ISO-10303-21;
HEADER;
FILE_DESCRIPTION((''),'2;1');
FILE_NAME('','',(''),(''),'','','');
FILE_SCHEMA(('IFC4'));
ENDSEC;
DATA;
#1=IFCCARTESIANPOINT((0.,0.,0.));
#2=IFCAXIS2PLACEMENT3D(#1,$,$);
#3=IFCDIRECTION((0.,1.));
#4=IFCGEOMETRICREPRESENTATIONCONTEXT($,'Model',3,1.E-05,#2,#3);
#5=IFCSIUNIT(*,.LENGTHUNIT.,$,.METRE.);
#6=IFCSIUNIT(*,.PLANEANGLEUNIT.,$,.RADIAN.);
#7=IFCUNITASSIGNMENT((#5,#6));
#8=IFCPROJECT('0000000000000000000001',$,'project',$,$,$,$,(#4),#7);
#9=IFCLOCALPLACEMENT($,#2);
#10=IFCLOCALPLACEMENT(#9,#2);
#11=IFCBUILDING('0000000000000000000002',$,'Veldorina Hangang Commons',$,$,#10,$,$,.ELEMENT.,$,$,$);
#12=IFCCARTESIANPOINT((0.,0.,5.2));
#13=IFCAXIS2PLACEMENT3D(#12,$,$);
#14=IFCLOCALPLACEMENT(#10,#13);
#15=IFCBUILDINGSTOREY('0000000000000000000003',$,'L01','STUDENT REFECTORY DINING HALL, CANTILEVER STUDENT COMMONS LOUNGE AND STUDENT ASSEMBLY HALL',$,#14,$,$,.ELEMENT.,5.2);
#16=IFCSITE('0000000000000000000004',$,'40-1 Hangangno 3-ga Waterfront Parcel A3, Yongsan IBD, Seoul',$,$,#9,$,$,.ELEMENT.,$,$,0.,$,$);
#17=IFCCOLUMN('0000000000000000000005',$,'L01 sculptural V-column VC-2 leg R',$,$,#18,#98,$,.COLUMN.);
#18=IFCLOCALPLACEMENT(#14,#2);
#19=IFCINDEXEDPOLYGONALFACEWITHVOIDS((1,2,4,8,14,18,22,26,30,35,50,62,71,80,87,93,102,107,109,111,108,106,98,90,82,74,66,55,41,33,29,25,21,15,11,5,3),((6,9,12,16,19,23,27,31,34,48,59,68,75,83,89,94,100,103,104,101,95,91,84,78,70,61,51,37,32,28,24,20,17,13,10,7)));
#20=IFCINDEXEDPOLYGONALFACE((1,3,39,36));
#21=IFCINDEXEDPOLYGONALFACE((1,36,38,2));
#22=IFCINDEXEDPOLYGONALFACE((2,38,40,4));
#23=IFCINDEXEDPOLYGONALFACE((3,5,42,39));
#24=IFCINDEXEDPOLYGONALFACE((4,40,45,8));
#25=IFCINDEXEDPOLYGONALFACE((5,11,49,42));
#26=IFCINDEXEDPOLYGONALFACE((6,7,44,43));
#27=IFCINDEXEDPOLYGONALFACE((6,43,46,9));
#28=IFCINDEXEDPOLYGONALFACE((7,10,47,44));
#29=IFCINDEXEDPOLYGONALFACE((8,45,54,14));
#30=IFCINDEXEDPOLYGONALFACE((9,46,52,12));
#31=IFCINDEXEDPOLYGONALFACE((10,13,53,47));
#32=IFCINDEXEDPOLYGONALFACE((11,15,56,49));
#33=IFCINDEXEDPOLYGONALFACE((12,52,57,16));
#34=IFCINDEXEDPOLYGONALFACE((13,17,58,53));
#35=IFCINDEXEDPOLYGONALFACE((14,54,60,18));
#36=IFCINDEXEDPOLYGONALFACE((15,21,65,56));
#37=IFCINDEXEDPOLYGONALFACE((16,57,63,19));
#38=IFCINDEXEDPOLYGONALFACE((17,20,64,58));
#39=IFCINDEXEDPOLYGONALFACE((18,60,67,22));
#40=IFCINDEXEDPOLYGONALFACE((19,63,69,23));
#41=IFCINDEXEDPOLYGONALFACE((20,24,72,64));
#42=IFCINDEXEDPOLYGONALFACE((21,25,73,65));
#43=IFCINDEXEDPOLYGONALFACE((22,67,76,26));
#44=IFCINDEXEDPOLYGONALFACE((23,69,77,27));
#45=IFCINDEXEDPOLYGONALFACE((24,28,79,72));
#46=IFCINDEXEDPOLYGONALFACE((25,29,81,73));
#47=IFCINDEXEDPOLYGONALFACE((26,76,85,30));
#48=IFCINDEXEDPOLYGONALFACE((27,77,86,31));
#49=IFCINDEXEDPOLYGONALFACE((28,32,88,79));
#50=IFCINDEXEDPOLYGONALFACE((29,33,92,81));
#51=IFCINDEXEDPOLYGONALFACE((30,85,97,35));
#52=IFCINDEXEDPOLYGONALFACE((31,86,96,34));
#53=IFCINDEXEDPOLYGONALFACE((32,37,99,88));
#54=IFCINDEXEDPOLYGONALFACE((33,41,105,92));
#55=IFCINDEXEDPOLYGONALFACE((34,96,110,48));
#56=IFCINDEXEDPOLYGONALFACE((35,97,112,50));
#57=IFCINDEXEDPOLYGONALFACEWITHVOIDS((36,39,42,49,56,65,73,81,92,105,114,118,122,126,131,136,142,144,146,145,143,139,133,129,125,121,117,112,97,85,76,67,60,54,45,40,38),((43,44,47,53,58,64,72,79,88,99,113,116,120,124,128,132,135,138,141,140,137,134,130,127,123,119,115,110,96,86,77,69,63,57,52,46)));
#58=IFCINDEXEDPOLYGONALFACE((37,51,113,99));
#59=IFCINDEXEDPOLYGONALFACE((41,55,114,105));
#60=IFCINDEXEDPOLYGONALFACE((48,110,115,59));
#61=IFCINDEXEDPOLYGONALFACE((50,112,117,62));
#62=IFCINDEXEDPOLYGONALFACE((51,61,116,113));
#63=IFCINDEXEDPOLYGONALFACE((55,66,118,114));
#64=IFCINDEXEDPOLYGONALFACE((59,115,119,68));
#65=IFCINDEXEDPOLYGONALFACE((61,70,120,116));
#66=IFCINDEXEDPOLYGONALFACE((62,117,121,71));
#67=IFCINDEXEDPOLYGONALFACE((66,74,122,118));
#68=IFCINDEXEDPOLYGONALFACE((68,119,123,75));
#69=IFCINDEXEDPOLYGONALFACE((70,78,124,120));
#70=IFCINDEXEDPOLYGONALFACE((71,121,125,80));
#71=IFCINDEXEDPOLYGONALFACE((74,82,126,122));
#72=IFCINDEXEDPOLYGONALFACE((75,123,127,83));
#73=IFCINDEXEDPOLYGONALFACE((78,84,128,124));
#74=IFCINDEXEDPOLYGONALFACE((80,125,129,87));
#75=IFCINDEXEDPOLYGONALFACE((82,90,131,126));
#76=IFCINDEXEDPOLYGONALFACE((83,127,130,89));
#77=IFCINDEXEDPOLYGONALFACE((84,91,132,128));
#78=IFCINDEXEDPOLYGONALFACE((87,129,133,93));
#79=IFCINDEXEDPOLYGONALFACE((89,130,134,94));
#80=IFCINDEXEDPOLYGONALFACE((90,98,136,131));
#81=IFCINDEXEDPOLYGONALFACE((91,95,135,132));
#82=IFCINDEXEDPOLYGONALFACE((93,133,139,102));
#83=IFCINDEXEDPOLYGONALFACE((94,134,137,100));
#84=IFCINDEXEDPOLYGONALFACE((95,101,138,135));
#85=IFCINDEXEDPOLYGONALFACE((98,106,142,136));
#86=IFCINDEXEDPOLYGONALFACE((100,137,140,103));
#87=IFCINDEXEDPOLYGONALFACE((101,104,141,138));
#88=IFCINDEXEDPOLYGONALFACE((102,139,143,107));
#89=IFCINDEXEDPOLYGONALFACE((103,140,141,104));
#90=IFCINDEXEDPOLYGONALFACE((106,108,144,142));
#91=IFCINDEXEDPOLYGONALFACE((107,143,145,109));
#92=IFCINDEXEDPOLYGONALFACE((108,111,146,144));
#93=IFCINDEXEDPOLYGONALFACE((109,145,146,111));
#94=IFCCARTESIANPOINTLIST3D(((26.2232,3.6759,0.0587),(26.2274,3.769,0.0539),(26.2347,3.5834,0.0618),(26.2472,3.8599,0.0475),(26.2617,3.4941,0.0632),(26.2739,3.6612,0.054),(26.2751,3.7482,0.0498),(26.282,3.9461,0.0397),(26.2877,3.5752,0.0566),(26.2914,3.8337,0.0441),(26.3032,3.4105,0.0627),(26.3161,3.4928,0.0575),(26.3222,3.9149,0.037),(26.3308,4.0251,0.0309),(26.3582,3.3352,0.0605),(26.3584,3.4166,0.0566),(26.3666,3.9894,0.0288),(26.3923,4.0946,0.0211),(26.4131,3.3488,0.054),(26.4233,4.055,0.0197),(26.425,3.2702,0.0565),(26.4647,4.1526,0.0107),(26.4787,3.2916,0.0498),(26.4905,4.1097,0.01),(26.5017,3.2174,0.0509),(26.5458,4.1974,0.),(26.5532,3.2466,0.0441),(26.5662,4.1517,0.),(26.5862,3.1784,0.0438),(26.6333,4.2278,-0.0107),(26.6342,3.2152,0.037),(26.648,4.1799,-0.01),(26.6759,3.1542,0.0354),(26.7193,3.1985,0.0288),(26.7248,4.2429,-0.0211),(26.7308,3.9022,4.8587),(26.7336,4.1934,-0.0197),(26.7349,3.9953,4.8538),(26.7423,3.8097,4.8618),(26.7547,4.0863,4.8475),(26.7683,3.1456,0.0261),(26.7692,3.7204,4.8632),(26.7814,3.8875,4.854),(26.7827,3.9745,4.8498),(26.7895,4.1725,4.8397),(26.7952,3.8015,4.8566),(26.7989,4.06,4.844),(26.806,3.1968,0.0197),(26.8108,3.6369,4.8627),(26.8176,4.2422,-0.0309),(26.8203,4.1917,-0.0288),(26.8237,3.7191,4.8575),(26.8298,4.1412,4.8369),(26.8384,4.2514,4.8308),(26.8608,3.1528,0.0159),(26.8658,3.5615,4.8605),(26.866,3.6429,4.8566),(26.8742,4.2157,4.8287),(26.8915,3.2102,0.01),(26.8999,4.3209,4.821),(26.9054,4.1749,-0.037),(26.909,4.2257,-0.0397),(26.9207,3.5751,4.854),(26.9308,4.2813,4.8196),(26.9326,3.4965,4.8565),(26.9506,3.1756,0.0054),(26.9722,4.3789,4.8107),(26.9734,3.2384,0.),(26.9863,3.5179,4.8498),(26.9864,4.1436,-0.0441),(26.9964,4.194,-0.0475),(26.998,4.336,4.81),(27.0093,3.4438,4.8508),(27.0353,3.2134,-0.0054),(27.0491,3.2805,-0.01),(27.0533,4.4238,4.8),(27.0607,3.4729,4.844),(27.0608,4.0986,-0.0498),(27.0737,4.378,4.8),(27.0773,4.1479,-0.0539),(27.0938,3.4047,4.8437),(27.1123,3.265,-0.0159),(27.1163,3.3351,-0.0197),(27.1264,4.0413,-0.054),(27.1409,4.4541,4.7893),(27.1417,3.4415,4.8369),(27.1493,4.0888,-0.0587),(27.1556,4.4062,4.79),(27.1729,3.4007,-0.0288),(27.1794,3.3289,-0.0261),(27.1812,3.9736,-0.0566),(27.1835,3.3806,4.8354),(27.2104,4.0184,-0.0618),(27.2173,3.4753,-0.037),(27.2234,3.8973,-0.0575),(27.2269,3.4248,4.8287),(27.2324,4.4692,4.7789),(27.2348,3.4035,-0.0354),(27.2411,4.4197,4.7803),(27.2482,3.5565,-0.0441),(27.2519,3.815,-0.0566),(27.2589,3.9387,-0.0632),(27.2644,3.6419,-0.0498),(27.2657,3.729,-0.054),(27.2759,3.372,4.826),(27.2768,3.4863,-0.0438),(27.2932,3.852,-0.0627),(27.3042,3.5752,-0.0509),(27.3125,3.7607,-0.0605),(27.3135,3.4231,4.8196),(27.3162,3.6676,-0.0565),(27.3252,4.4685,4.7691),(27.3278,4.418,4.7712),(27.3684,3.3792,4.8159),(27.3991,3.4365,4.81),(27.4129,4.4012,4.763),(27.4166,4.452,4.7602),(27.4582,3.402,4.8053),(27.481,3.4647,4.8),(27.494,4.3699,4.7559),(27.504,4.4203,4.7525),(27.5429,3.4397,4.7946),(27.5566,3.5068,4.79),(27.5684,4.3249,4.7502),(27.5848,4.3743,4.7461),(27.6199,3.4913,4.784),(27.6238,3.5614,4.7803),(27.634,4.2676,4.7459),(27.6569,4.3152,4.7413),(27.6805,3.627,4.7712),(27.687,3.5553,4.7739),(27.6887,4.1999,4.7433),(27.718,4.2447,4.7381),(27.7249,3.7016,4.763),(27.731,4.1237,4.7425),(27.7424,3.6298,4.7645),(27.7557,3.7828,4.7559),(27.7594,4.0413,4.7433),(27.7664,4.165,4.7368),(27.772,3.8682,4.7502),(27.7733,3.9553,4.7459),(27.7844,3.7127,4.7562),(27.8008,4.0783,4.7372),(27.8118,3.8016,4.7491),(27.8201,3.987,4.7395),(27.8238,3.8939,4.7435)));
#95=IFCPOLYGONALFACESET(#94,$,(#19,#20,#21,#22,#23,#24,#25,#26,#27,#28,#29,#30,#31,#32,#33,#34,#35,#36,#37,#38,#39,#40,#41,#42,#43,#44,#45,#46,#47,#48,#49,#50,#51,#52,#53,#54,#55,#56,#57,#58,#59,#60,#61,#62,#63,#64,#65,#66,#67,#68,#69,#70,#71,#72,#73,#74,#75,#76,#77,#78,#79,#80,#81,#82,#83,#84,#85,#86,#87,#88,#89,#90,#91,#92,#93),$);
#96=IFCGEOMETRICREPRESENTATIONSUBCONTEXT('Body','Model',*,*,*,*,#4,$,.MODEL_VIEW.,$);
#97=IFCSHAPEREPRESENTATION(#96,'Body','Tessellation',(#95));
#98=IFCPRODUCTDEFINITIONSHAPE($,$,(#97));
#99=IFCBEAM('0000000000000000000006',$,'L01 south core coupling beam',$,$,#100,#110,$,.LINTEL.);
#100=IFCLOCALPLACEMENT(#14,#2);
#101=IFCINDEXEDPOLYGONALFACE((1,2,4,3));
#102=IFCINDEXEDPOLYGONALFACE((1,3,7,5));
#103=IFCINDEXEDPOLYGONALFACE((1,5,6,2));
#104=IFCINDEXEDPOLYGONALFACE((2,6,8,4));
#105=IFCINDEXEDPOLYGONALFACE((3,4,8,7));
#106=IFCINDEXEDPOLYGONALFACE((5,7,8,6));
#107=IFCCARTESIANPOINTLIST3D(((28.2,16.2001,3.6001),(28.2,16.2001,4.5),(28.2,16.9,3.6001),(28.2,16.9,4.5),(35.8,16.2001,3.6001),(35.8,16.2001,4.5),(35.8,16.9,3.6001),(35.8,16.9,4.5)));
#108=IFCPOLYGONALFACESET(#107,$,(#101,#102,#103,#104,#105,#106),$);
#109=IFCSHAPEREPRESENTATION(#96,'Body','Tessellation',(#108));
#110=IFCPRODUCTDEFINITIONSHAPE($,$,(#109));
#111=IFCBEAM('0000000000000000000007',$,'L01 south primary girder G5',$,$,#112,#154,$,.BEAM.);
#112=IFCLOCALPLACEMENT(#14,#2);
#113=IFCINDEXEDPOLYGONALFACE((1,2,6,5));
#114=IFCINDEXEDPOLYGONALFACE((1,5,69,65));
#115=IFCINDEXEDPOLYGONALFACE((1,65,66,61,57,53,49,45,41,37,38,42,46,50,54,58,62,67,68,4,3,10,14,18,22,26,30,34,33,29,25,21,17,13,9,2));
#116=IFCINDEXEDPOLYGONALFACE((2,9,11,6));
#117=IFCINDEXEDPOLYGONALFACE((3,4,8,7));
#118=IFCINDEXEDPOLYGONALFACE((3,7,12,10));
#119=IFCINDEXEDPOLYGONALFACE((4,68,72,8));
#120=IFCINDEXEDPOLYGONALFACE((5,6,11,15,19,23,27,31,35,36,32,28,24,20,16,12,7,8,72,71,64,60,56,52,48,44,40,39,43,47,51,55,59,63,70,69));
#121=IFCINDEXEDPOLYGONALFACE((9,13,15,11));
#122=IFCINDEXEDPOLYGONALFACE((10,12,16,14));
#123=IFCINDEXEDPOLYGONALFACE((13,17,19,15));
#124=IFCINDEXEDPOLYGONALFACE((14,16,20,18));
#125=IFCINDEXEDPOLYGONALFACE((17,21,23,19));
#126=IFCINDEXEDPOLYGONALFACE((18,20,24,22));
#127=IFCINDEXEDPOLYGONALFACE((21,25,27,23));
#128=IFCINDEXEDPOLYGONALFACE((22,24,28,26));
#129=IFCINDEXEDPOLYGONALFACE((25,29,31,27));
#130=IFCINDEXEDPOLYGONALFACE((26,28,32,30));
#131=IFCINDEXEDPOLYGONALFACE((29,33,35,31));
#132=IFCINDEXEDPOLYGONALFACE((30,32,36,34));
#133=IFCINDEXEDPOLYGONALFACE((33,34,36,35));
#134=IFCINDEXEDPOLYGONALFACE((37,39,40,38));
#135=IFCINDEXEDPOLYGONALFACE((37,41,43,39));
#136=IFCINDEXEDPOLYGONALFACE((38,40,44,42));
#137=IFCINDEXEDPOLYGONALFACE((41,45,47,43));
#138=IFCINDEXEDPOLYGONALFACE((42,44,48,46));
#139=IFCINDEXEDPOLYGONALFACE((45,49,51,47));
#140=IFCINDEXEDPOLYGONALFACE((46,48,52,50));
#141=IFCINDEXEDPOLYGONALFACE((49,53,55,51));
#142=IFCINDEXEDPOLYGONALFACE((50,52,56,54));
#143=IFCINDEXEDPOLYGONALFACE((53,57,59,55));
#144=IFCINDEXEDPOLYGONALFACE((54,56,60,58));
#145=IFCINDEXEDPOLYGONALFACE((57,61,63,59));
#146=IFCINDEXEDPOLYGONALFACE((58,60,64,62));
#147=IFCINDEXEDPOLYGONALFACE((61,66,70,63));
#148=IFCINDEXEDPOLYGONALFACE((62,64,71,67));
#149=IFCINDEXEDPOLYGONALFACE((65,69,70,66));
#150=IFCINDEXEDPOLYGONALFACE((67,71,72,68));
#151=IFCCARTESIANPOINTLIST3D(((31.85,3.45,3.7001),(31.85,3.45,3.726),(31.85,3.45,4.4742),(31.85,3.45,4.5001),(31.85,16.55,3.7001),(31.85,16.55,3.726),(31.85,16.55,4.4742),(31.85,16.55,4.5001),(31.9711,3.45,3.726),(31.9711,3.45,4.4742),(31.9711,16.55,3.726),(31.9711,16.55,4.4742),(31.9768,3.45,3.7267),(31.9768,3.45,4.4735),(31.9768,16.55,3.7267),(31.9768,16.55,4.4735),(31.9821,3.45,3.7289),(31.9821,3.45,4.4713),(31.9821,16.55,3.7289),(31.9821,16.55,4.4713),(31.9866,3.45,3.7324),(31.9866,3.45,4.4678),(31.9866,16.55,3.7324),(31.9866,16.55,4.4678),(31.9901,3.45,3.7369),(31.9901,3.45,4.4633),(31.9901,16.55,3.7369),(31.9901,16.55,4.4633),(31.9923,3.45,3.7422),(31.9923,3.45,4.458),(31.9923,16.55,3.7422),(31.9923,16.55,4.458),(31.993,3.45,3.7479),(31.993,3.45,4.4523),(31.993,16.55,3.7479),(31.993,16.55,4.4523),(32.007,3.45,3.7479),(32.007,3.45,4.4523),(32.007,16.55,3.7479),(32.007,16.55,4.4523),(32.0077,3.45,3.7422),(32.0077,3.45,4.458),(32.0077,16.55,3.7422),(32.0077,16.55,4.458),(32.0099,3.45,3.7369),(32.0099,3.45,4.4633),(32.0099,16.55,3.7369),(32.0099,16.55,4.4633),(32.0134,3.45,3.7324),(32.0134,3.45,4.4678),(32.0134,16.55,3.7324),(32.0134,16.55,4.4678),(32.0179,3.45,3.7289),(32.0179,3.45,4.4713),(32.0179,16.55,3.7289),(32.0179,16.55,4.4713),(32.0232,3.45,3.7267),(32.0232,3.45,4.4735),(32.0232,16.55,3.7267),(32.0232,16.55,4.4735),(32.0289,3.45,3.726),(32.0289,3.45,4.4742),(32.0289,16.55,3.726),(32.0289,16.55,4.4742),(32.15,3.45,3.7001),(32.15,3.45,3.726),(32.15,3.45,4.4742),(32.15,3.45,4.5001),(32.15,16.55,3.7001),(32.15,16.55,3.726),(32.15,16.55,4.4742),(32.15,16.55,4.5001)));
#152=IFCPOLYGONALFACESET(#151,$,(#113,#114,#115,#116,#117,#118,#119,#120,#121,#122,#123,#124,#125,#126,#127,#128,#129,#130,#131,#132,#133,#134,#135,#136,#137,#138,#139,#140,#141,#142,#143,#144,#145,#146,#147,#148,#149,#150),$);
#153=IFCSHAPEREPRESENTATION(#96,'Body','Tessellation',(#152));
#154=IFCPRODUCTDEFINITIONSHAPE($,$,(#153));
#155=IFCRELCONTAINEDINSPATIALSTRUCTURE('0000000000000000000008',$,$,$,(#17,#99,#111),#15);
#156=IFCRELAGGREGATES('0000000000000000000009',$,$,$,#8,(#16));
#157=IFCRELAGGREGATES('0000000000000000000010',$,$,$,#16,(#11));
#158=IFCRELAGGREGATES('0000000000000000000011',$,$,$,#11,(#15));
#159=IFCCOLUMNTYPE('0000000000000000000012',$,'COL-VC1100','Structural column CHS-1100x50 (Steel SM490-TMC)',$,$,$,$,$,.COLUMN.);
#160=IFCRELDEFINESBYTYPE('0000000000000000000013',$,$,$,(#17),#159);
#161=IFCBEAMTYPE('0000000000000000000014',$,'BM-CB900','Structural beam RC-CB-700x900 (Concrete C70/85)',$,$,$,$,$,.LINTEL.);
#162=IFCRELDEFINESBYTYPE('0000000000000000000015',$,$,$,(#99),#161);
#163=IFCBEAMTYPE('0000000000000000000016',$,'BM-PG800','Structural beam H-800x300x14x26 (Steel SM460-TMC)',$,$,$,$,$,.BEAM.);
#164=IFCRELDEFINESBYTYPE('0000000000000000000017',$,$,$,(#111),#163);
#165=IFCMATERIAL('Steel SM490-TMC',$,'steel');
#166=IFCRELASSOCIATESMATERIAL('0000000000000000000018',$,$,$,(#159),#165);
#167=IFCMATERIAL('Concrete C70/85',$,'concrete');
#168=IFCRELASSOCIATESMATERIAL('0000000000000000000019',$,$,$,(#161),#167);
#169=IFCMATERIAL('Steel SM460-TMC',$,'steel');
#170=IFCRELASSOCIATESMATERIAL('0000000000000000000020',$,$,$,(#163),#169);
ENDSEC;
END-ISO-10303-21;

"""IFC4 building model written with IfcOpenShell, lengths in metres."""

from ifc_helpers import new_model, si_unit, direction, frame, origin, origin_2d, place, context, subcontext, project, spatial, rectangle, hollow_circle, i_section, extrude, material, material_profile, profile_set, type_object, element, save


model = new_model("IFC4")

# Units and contexts
model_context = context("Model", 3, precision=1e-05, world=origin(), true_north=direction((0.0, 1.0)))
body_context = subcontext(model_context, "Body", "Model", "MODEL_VIEW")
ifc_project = project(units=[si_unit("LENGTHUNIT", "METRE"), si_unit("PLANEANGLEUNIT", "RADIAN")], contexts=[model_context])

# Site, building, storey
site_placement = place(None, origin())
site = spatial("IfcSite", under=ifc_project, at=site_placement, Name="40-1 Hangangno 3-ga Waterfront Parcel A3, Yongsan IBD, Seoul", CompositionType="ELEMENT", RefElevation=0.0)
building_placement = place(site_placement, origin())
building = spatial("IfcBuilding", under=site, at=building_placement, Name="Veldorina Hangang Commons", CompositionType="ELEMENT")
storey_placement = place(building_placement, frame((0.0, 0.0, 5.2)))
storey = spatial("IfcBuildingStorey", under=building, at=storey_placement, Name="L01", Description="STUDENT REFECTORY DINING HALL, CANTILEVER STUDENT COMMONS LOUNGE AND STUDENT ASSEMBLY HALL", CompositionType="ELEMENT", Elevation=5.2)

# Column
ifc_material_1 = material(Name="Steel SM460-TMC", Category="steel")
ifc_material_2 = material(Name="Steel SM490-TMC", Category="steel")
ifc_material_profile_1 = material_profile(ifc_material_2, hollow_circle(Radius=0.55, WallThickness=0.05, at=origin_2d()), Name="CHS-1100x50")
ifc_profile_set_1 = profile_set([ifc_material_profile_1], Name="Steel SM490-TMC")
column_type_1 = type_object("IfcColumnType", Name="COL-VC1100", Description="Structural column CHS-1100x50 (Steel SM490-TMC)", PredefinedType="COLUMN", material=ifc_profile_set_1)
for number, where, z_axis, x_axis, name in (
    (1, (26.7698, 3.6951, 0.0), (0.105041, 0.046836, 0.993364), (-0.407239, 0.913322, 0.0), "L01 sculptural V-column VC-2 leg R"),
):
    element("IfcColumn", number, at=place(storey_placement, frame(where, z_axis=z_axis, x_axis=x_axis)), inside=storey, type_object=column_type_1, Name=name, PredefinedType="COLUMN", context=body_context, shape_type="SweptSolid", body=[
        extrude(hollow_circle(Radius=0.55, WallThickness=0.05, at=origin_2d()), origin(), (0.0, 0.0, 1.0), 4.832),
    ])

# Beams
ifc_material_3 = material(Name="Concrete C70/85", Category="concrete")
ifc_material_profile_2 = material_profile(ifc_material_3, rectangle(XDim=0.7, YDim=0.8999, at=origin_2d()), Name="RC-CB-700x900")
ifc_profile_set_2 = profile_set([ifc_material_profile_2], Name="Concrete C70/85")
beam_type_1 = type_object("IfcBeamType", Name="BM-CB900", Description="Structural beam RC-CB-700x900 (Concrete C70/85)", PredefinedType="LINTEL", material=ifc_profile_set_2)
beam_1_placement = place(storey_placement, frame((28.2, 16.55, 4.05), z_axis=(1.0, 0.0, 0.0), x_axis=(0.0, 1.0, 0.0)))
element("IfcBeam", 2, at=beam_1_placement, inside=storey, type_object=beam_type_1, Name="L01 south core coupling beam", PredefinedType="LINTEL", context=body_context, shape_type="SweptSolid", body=[
    extrude(rectangle(XDim=0.7, YDim=0.8999, at=origin_2d()), origin(), (0.0, 0.0, 1.0), 7.6001),
])
ifc_material_profile_3 = material_profile(ifc_material_1, i_section(OverallWidth=0.3, OverallDepth=0.8, WebThickness=0.0139, FlangeThickness=0.0259, FilletRadius=0.022, at=origin_2d()), Name="H-800x300x14x26")
ifc_profile_set_3 = profile_set([ifc_material_profile_3], Name="Steel SM460-TMC")
beam_type_2 = type_object("IfcBeamType", Name="BM-PG800", Description="Structural beam H-800x300x14x26 (Steel SM460-TMC)", PredefinedType="BEAM", material=ifc_profile_set_3)
beam_2_placement = place(storey_placement, frame((32.0, 3.45, 4.1001), z_axis=(0.0, 1.0, 0.0), x_axis=(-1.0, 0.0, 0.0)))
element("IfcBeam", 3, at=beam_2_placement, inside=storey, type_object=beam_type_2, Name="L01 south primary girder G5", PredefinedType="BEAM", context=body_context, shape_type="SweptSolid", body=[
    extrude(i_section(OverallWidth=0.3, OverallDepth=0.8, WebThickness=0.0139, FlangeThickness=0.0259, FilletRadius=0.022, at=origin_2d()), origin(), (0.0, 0.0, 1.0), 13.1001),
])

save(model, "model.ifc")
